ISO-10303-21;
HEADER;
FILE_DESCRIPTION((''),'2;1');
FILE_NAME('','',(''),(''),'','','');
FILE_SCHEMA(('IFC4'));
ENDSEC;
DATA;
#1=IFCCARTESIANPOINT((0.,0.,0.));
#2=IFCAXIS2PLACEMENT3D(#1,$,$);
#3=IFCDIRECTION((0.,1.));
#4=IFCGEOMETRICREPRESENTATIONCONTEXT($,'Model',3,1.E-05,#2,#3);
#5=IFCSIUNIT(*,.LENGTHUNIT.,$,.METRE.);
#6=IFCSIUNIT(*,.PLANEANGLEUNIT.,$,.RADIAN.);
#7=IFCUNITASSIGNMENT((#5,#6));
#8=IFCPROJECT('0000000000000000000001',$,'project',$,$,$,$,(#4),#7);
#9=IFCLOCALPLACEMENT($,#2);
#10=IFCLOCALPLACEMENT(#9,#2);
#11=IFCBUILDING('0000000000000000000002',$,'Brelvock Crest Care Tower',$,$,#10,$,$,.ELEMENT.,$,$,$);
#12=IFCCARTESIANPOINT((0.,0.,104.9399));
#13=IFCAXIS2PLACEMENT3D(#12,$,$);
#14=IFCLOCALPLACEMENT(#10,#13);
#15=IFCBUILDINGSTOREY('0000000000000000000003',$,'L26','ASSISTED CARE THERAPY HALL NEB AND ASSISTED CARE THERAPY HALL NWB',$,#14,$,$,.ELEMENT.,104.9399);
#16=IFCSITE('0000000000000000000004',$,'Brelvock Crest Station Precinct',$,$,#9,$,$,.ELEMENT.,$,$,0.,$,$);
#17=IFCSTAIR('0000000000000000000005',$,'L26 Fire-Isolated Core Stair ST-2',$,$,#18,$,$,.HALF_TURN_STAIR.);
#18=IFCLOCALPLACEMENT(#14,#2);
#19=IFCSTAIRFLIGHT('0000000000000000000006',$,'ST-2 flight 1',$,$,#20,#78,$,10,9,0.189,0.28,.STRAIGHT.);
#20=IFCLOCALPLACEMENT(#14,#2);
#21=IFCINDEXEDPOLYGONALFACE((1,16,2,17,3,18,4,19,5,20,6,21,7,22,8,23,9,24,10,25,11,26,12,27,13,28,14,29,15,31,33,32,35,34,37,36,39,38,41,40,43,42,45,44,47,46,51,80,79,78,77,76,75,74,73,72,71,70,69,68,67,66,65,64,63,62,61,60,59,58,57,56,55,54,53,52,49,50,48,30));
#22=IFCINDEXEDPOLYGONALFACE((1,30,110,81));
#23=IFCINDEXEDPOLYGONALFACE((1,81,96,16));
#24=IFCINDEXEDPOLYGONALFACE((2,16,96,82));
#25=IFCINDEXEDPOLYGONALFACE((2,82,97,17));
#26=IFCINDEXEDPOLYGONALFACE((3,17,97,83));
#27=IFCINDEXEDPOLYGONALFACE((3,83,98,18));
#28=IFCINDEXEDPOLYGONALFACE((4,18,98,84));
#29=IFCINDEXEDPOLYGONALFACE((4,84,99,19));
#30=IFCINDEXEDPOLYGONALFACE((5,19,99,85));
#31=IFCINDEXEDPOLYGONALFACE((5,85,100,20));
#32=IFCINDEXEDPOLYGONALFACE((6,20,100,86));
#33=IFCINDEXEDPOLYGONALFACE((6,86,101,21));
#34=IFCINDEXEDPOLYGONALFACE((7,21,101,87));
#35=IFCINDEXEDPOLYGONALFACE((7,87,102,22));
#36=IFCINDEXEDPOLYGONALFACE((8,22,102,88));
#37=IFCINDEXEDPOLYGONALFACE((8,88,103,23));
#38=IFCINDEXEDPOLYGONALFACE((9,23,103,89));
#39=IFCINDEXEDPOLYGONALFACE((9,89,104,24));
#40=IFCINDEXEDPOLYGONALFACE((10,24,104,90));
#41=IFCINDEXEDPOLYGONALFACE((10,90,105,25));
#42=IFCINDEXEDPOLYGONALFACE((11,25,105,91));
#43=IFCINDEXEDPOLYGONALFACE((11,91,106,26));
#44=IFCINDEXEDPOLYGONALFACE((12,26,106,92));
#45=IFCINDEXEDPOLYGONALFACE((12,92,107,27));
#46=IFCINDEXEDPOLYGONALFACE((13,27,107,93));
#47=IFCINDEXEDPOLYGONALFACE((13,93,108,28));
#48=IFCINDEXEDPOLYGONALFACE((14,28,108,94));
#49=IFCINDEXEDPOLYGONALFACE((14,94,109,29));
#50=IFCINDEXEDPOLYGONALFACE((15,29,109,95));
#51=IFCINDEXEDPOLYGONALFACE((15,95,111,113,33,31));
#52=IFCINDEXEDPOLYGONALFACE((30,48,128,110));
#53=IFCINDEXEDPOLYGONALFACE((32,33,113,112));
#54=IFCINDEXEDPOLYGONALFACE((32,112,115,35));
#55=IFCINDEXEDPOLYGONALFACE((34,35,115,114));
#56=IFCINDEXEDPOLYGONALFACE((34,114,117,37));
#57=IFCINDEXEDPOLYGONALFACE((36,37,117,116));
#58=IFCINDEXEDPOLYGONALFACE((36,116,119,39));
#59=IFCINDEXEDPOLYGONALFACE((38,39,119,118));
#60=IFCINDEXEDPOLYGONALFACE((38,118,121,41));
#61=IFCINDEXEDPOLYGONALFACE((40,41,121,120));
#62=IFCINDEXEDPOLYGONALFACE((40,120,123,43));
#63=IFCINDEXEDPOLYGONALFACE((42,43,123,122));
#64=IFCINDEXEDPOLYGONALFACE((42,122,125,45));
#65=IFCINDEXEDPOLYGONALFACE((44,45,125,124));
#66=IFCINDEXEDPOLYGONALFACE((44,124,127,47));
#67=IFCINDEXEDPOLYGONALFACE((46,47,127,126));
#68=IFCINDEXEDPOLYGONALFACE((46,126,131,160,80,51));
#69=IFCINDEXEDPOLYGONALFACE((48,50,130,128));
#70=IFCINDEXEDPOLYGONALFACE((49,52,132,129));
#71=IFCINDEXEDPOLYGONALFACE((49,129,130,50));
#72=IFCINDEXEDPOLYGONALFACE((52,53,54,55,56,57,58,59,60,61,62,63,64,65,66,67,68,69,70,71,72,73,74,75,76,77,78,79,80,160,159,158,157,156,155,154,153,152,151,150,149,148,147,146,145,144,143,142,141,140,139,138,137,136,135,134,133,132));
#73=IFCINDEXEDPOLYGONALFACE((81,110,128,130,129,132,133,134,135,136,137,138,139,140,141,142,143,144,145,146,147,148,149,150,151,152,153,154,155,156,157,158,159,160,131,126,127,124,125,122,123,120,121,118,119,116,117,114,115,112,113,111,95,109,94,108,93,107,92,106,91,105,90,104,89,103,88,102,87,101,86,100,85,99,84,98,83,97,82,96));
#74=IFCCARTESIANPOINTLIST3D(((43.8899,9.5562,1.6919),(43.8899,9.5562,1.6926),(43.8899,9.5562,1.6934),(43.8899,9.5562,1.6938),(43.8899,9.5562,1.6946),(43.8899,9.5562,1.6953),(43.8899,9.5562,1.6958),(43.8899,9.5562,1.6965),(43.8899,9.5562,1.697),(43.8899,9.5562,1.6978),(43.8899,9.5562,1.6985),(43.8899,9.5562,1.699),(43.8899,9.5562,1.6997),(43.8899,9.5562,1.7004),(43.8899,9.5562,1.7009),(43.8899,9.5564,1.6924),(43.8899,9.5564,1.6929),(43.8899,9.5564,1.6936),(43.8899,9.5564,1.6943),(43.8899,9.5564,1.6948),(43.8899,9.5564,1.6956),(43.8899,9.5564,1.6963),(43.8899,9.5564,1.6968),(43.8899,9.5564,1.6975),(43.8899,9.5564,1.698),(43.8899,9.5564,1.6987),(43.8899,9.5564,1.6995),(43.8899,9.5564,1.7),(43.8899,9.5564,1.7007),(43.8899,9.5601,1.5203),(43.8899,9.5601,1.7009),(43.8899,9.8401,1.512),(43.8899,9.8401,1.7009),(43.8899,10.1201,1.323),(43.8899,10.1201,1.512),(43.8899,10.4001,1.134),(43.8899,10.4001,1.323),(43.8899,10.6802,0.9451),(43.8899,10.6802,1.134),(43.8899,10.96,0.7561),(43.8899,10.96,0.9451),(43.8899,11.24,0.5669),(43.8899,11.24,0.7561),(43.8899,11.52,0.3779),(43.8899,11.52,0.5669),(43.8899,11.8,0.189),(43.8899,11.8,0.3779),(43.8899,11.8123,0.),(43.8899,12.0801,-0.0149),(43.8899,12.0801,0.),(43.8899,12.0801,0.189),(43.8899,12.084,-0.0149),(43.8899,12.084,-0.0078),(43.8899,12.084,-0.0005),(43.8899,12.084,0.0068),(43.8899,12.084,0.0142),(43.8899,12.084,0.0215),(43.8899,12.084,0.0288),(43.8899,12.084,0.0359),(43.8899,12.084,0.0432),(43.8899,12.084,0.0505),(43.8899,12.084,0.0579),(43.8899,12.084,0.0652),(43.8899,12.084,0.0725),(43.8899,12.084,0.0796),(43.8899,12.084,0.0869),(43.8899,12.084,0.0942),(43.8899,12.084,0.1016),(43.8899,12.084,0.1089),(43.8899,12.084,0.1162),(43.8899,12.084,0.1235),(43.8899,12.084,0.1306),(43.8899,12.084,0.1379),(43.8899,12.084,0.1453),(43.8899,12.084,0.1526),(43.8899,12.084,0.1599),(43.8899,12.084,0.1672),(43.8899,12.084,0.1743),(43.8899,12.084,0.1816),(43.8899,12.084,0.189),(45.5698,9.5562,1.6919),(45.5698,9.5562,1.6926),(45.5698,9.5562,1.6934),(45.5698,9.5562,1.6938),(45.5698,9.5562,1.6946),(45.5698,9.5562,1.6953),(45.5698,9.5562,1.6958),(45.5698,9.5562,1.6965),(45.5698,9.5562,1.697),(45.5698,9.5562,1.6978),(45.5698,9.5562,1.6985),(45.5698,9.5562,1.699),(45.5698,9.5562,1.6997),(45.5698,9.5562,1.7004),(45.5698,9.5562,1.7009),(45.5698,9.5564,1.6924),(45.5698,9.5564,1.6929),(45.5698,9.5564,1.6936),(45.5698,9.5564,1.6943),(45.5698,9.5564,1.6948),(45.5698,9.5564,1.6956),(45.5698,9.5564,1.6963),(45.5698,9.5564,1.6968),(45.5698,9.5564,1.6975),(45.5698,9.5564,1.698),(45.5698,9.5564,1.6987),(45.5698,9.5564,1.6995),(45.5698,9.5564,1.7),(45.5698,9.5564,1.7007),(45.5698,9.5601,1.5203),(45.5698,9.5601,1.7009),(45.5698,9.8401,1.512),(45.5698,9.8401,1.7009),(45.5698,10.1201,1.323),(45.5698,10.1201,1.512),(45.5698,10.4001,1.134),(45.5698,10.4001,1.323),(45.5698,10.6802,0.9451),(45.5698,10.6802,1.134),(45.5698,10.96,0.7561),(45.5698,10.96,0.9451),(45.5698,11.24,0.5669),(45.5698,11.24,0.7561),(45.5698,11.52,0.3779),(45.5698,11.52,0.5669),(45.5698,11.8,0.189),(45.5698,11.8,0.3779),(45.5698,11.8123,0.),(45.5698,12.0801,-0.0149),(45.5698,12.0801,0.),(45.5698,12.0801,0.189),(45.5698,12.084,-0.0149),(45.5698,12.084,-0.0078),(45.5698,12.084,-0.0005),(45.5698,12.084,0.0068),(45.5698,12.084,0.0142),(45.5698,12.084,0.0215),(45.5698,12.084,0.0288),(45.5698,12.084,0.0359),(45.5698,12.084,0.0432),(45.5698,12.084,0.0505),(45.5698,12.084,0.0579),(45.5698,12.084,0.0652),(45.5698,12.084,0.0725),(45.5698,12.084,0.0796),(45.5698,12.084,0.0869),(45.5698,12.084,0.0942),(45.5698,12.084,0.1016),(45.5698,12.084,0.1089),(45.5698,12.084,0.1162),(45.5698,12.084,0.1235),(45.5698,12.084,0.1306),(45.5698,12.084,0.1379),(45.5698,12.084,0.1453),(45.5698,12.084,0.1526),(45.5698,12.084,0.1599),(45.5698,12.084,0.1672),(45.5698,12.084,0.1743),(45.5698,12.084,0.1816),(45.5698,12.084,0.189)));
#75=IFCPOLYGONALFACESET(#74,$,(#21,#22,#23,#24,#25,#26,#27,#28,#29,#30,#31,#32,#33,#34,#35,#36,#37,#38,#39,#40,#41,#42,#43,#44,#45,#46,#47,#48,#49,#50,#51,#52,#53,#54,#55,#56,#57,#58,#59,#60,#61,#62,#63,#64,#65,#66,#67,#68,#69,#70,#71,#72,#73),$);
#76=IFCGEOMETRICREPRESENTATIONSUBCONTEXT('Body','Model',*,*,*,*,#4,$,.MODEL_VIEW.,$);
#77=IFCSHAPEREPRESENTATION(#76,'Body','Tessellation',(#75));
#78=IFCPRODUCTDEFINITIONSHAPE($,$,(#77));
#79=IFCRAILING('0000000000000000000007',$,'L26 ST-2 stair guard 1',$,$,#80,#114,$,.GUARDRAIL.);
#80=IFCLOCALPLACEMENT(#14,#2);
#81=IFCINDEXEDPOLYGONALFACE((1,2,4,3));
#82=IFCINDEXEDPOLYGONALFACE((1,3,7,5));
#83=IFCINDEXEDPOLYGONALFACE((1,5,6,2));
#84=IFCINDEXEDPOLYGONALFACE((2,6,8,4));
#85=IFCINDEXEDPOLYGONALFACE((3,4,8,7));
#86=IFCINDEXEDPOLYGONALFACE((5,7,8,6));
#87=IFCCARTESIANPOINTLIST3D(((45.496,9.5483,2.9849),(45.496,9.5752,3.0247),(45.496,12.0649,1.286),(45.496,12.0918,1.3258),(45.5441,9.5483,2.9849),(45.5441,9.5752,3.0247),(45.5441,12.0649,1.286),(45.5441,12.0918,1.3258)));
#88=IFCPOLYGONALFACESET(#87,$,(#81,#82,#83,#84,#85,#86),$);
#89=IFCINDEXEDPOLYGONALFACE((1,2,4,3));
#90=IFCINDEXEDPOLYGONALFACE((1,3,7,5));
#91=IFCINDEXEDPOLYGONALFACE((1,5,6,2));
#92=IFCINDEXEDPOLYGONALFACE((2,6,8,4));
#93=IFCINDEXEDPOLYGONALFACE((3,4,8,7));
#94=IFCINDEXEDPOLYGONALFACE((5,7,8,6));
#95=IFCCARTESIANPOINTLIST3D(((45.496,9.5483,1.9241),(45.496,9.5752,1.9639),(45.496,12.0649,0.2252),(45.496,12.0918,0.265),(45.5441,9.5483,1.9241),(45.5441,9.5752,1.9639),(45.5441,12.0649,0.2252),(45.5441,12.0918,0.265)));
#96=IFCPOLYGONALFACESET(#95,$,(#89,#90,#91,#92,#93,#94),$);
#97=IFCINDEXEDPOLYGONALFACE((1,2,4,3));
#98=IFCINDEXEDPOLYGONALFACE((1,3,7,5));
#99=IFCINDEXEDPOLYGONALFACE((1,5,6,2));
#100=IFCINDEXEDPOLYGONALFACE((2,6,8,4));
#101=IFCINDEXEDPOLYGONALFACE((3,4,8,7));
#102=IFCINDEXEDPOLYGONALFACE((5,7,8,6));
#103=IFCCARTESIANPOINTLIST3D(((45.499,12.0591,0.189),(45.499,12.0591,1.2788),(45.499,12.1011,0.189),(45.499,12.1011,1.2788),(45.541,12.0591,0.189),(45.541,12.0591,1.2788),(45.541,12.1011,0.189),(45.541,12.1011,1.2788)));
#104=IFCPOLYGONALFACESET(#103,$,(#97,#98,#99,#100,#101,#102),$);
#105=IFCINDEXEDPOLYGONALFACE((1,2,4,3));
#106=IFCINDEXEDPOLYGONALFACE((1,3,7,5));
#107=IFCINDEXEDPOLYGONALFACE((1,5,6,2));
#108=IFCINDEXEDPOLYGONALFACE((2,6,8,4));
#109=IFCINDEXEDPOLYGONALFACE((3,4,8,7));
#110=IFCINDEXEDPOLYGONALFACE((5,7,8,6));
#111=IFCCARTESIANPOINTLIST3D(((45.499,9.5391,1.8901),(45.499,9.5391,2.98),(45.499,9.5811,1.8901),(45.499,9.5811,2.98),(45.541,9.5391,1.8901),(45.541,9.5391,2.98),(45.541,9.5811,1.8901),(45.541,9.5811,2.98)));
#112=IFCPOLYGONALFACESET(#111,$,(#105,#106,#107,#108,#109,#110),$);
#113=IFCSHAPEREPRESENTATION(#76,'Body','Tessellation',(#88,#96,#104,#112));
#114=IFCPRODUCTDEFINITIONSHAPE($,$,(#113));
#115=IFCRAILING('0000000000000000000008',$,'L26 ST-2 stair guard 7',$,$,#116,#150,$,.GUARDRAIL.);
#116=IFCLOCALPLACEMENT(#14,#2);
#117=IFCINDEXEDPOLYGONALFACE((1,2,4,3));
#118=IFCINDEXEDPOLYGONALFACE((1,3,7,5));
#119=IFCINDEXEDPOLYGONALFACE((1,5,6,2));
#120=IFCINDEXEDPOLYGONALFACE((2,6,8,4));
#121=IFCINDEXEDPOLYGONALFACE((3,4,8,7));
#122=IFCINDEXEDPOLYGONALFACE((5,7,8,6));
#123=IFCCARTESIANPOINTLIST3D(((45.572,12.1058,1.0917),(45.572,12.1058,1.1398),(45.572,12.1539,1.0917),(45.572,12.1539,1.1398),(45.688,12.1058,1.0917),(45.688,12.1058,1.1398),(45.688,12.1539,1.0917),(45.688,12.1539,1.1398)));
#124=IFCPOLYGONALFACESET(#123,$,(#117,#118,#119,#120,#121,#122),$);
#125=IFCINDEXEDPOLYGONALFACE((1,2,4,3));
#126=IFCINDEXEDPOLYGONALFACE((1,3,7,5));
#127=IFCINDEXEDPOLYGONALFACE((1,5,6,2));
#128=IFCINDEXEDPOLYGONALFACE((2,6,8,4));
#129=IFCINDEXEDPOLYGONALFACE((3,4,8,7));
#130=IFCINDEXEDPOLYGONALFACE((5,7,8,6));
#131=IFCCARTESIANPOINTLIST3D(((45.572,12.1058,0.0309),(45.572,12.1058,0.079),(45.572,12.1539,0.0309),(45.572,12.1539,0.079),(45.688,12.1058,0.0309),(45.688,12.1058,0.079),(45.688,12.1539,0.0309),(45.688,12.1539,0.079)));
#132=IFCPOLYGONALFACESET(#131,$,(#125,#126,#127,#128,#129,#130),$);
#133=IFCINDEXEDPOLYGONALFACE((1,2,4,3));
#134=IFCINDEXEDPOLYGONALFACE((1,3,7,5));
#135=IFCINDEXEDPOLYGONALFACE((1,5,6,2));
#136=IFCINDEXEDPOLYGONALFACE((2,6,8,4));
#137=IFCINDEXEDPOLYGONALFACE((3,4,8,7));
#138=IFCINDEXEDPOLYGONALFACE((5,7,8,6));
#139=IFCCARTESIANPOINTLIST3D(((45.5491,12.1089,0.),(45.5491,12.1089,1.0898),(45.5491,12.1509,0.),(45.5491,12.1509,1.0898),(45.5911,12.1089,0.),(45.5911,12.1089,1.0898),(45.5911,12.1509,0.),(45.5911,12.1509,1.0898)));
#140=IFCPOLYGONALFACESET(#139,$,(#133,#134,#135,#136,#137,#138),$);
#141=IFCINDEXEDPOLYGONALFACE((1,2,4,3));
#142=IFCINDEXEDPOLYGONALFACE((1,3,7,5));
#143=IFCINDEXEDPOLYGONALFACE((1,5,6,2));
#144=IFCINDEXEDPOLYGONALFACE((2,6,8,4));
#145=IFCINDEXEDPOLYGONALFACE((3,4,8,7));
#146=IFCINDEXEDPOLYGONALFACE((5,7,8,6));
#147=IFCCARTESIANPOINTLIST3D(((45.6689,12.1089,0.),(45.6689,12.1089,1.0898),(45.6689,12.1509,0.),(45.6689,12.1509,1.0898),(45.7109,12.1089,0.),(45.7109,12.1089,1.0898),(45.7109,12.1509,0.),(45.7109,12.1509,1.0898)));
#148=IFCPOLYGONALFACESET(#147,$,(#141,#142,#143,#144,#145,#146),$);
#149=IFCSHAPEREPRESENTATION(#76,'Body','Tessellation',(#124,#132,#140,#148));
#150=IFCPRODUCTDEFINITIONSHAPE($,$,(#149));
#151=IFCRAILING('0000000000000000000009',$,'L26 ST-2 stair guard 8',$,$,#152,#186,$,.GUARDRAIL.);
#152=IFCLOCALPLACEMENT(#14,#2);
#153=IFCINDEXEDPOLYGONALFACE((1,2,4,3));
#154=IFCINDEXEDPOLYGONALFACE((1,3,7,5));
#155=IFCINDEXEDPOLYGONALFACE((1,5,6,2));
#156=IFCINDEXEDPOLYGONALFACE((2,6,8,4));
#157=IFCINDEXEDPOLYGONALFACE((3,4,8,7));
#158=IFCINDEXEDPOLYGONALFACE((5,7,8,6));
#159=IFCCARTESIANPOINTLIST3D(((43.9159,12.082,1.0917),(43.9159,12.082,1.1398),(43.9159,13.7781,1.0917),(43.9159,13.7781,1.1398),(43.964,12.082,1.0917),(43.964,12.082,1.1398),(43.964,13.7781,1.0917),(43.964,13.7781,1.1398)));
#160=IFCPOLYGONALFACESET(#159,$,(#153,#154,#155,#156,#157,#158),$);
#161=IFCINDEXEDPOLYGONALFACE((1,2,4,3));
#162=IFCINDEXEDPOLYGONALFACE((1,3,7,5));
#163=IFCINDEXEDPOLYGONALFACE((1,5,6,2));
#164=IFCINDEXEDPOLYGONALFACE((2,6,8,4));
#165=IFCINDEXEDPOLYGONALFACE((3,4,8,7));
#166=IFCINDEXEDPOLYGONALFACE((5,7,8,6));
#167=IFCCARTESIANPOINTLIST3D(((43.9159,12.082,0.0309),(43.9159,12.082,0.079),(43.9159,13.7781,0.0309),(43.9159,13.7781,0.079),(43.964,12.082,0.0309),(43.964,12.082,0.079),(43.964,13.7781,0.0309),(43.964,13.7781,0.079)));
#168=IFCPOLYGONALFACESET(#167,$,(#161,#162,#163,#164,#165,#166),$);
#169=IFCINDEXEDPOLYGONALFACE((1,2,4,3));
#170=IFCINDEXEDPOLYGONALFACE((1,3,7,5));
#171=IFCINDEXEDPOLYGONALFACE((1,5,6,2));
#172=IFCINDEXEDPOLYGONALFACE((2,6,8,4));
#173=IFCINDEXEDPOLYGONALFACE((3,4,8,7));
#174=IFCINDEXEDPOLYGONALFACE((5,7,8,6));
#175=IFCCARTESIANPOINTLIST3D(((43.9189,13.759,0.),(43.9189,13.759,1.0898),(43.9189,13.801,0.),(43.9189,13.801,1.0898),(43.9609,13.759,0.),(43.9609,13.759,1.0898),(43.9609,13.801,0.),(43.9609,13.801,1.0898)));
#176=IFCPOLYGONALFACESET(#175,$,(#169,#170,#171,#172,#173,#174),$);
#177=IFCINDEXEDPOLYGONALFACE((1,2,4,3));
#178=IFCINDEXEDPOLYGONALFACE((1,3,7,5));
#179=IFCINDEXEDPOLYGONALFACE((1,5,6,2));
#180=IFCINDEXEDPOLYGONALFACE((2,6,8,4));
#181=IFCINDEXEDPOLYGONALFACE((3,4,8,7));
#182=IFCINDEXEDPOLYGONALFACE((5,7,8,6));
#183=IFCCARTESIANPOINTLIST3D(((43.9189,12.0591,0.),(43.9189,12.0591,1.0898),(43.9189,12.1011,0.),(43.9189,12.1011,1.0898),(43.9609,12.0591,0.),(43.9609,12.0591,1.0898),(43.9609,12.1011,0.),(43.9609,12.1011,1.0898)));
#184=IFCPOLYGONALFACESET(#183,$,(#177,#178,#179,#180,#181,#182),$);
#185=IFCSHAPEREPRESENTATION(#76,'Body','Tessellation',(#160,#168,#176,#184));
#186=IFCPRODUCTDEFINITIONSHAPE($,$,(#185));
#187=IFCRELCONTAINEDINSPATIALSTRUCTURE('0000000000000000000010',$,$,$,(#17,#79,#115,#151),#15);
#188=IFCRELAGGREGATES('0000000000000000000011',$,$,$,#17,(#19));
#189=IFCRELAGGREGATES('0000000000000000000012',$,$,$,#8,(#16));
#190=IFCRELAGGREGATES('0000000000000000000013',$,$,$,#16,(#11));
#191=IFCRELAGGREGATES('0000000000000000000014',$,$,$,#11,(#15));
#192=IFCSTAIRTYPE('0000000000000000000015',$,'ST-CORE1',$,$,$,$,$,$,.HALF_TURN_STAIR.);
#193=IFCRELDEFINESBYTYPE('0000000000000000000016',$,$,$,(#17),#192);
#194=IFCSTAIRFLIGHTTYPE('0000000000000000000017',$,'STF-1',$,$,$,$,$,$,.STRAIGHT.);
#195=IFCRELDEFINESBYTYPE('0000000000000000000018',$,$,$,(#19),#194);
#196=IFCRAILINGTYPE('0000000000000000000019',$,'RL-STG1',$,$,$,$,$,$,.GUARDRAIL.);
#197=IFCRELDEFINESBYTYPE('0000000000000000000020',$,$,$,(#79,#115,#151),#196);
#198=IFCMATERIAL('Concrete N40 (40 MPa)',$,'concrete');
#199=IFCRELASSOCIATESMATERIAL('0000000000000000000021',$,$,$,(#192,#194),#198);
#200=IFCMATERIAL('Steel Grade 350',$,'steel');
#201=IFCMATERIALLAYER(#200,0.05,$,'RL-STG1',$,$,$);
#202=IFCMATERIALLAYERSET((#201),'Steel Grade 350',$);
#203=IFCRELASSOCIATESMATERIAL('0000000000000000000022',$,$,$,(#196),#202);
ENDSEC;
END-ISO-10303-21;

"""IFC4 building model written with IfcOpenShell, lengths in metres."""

from ifc_helpers import new_model, si_unit, direction, frame, origin, origin_2d, place, context, subcontext, project, spatial, polyline, rectangle, outline, extrude, material, layer, layer_set, type_object, element, aggregate, save


model = new_model("IFC4")

# Units and contexts
model_context = context("Model", 3, precision=1e-05, world=origin(), true_north=direction((0.0, 1.0)))
body_context = subcontext(model_context, "Body", "Model", "MODEL_VIEW")
ifc_project = project(units=[si_unit("LENGTHUNIT", "METRE"), si_unit("PLANEANGLEUNIT", "RADIAN")], contexts=[model_context])

# Site, building, storey
site_placement = place(None, origin())
site = spatial("IfcSite", under=ifc_project, at=site_placement, Name="Brelvock Crest Station Precinct", CompositionType="ELEMENT", RefElevation=0.0)
building_placement = place(site_placement, origin())
building = spatial("IfcBuilding", under=site, at=building_placement, Name="Brelvock Crest Care Tower", CompositionType="ELEMENT")
storey_placement = place(building_placement, frame((0.0, 0.0, 104.9399)))
storey = spatial("IfcBuildingStorey", under=building, at=storey_placement, Name="L26", Description="ASSISTED CARE THERAPY HALL NEB AND ASSISTED CARE THERAPY HALL NWB", CompositionType="ELEMENT", Elevation=104.9399)

# Shared definitions
ifc_material_1 = material(Name="Steel Grade 350", Category="steel")

# Stair, stair flight
ifc_material_2 = material(Name="Concrete N40 (40 MPa)", Category="concrete")
stair_type = type_object("IfcStairType", Name="ST-CORE1", PredefinedType="HALF_TURN_STAIR", material=ifc_material_2)
stair_placement = place(storey_placement, origin())
stair = element("IfcStair", 1, at=stair_placement, inside=storey, type_object=stair_type, Name="L26 Fire-Isolated Core Stair ST-2", PredefinedType="HALF_TURN_STAIR")
stair_flight_type = type_object("IfcStairFlightType", Name="STF-1", PredefinedType="STRAIGHT", material=ifc_material_2)
stair_flight_placement = place(storey_placement, frame((44.73, 12.0801, 0.0), z_axis=(0.0, 0.0, 1.0), x_axis=(0.0, -1.0, 0.0)))
stair_flight = element("IfcStairFlight", 2, at=stair_flight_placement, type_object=stair_flight_type, Name="ST-2 flight 1", NumberOfRisers=10, NumberOfTreads=9, PredefinedType="STRAIGHT", RiserHeight=0.189, TreadLength=0.28, context=body_context, shape_type="SweptSolid", body=[
    extrude(outline(polyline([(-0.0039, -0.0149), (-0.0039, -0.0078), (-0.0039, -0.0005), (-0.0039, 0.0068), (-0.0039, 0.0142), (-0.0039, 0.0215), (-0.0039, 0.0288), (-0.0039, 0.0359), (-0.0039, 0.0432), (-0.0039, 0.0505), (-0.0039, 0.0579), (-0.0039, 0.0652), (-0.0039, 0.0725), (-0.0039, 0.0796), (-0.0039, 0.0869), (-0.0039, 0.0942), (-0.0039, 0.1016), (-0.0039, 0.1089), (-0.0039, 0.1162), (-0.0039, 0.1235), (-0.0039, 0.1306), (-0.0039, 0.1379), (-0.0039, 0.1453), (-0.0039, 0.1526), (-0.0039, 0.1599), (-0.0039, 0.1672), (-0.0039, 0.1743), (-0.0039, 0.1816), (-0.0039, 0.189), (0.0, 0.189), (0.28, 0.189), (0.28, 0.3779), (0.5601, 0.3779), (0.5601, 0.5669), (0.8401, 0.5669), (0.8401, 0.7561), (1.1201, 0.7561), (1.1201, 0.9451), (1.3999, 0.9451), (1.3999, 1.134), (1.6799, 1.134), (1.6799, 1.323), (1.96, 1.323), (1.96, 1.512), (2.24, 1.512), (2.24, 1.7009), (2.52, 1.7009), (2.5239, 1.7009), (2.5237, 1.7007), (2.5239, 1.7004), (2.5237, 1.7), (2.5239, 1.6997), (2.5237, 1.6995), (2.5239, 1.699), (2.5237, 1.6987), (2.5239, 1.6985), (2.5237, 1.698), (2.5239, 1.6978), (2.5237, 1.6975), (2.5239, 1.697), (2.5237, 1.6968), (2.5239, 1.6965), (2.5237, 1.6963), (2.5239, 1.6958), (2.5237, 1.6956), (2.5239, 1.6953), (2.5237, 1.6948), (2.5239, 1.6946), (2.5237, 1.6943), (2.5239, 1.6938), (2.5237, 1.6936), (2.5239, 1.6934), (2.5237, 1.6929), (2.5239, 1.6926), (2.5237, 1.6924), (2.5239, 1.6919), (2.52, 1.5203), (0.2678, 0.0), (0.0, 0.0), (0.0, -0.0149), (-0.0039, -0.0149)])), frame((0.0, 0.8398, 0.0), z_axis=(0.0, -1.0, 0.0), x_axis=(1.0, 0.0, 0.0)), (0.0, 0.0, 1.0), 1.6799),
])
aggregate(stair, [stair_flight])

# Railings
ifc_layer_1 = layer(ifc_material_1, 0.05, Name="RL-STG1")
ifc_layer_set_1 = layer_set([ifc_layer_1], Name="Steel Grade 350")
railing_type_1 = type_object("IfcRailingType", Name="RL-STG1", PredefinedType="GUARDRAIL", material=ifc_layer_set_1)
railing_1_placement = place(storey_placement, frame((45.52, 12.0801, 0.189)))
element("IfcRailing", 3, at=railing_1_placement, inside=storey, type_object=railing_type_1, Name="L26 ST-2 stair guard 1", PredefinedType="GUARDRAIL", context=body_context, shape_type="SweptSolid", body=[
    extrude(rectangle(XDim=0.0481, YDim=0.0481, at=origin_2d()), frame((0.0, -0.0017, 1.1169), z_axis=(0.0, -0.828824, 0.559509), x_axis=(1.0, 0.0, 0.0)), (0.0, 0.0, 1.0), 3.0364),
    extrude(rectangle(XDim=0.0481, YDim=0.0481, at=origin_2d()), frame((0.0, -0.0017, 0.0562), z_axis=(0.0, -0.828824, 0.559509), x_axis=(1.0, 0.0, 0.0)), (0.0, 0.0, 1.0), 3.0364),
    extrude(rectangle(XDim=0.042, YDim=0.042, at=origin_2d()), origin(), (0.0, 0.0, 1.0), 1.0898),
    extrude(rectangle(XDim=0.042, YDim=0.042, at=origin_2d()), frame((0.0, -2.52, 1.7012)), (0.0, 0.0, 1.0), 1.0898),
])
railing_2_placement = place(storey_placement, frame((45.5701, 12.1299, 0.0)))
element("IfcRailing", 4, at=railing_2_placement, inside=storey, type_object=railing_type_1, Name="L26 ST-2 stair guard 7", PredefinedType="GUARDRAIL", context=body_context, shape_type="SweptSolid", body=[
    extrude(rectangle(XDim=0.0481, YDim=0.0481, at=origin_2d()), frame((0.002, 0.0, 1.1157), z_axis=(1.0, 0.0, 0.0), x_axis=(0.0, 1.0, 0.0)), (0.0, 0.0, 1.0), 0.116),
    extrude(rectangle(XDim=0.0481, YDim=0.0481, at=origin_2d()), frame((0.002, 0.0, 0.0549), z_axis=(1.0, 0.0, 0.0), x_axis=(0.0, 1.0, 0.0)), (0.0, 0.0, 1.0), 0.116),
    extrude(rectangle(XDim=0.042, YDim=0.042, at=origin_2d()), origin(), (0.0, 0.0, 1.0), 1.0898),
    extrude(rectangle(XDim=0.042, YDim=0.042, at=origin_2d()), frame((0.1199, 0.0, 0.0)), (0.0, 0.0, 1.0), 1.0898),
])
for number, where, name in (
    (5, (43.9399, 13.78, 0.0), "L26 ST-2 stair guard 8"),
):
    element("IfcRailing", number, at=place(storey_placement, frame(where)), inside=storey, type_object=railing_type_1, Name=name, PredefinedType="GUARDRAIL", context=body_context, shape_type="SweptSolid", body=[
        extrude(rectangle(XDim=0.0481, YDim=0.0481, at=origin_2d()), frame((0.0, -0.002, 1.1157), z_axis=(0.0, -1.0, 0.0), x_axis=(1.0, 0.0, 0.0)), (0.0, 0.0, 1.0), 1.696),
        extrude(rectangle(XDim=0.0481, YDim=0.0481, at=origin_2d()), frame((0.0, -0.002, 0.0549), z_axis=(0.0, -1.0, 0.0), x_axis=(1.0, 0.0, 0.0)), (0.0, 0.0, 1.0), 1.696),
        extrude(rectangle(XDim=0.042, YDim=0.042, at=origin_2d()), origin(), (0.0, 0.0, 1.0), 1.0898),
        extrude(rectangle(XDim=0.042, YDim=0.042, at=origin_2d()), frame((0.0, -1.7, 0.0)), (0.0, 0.0, 1.0), 1.0898),
    ])

save(model, "model.ifc")
